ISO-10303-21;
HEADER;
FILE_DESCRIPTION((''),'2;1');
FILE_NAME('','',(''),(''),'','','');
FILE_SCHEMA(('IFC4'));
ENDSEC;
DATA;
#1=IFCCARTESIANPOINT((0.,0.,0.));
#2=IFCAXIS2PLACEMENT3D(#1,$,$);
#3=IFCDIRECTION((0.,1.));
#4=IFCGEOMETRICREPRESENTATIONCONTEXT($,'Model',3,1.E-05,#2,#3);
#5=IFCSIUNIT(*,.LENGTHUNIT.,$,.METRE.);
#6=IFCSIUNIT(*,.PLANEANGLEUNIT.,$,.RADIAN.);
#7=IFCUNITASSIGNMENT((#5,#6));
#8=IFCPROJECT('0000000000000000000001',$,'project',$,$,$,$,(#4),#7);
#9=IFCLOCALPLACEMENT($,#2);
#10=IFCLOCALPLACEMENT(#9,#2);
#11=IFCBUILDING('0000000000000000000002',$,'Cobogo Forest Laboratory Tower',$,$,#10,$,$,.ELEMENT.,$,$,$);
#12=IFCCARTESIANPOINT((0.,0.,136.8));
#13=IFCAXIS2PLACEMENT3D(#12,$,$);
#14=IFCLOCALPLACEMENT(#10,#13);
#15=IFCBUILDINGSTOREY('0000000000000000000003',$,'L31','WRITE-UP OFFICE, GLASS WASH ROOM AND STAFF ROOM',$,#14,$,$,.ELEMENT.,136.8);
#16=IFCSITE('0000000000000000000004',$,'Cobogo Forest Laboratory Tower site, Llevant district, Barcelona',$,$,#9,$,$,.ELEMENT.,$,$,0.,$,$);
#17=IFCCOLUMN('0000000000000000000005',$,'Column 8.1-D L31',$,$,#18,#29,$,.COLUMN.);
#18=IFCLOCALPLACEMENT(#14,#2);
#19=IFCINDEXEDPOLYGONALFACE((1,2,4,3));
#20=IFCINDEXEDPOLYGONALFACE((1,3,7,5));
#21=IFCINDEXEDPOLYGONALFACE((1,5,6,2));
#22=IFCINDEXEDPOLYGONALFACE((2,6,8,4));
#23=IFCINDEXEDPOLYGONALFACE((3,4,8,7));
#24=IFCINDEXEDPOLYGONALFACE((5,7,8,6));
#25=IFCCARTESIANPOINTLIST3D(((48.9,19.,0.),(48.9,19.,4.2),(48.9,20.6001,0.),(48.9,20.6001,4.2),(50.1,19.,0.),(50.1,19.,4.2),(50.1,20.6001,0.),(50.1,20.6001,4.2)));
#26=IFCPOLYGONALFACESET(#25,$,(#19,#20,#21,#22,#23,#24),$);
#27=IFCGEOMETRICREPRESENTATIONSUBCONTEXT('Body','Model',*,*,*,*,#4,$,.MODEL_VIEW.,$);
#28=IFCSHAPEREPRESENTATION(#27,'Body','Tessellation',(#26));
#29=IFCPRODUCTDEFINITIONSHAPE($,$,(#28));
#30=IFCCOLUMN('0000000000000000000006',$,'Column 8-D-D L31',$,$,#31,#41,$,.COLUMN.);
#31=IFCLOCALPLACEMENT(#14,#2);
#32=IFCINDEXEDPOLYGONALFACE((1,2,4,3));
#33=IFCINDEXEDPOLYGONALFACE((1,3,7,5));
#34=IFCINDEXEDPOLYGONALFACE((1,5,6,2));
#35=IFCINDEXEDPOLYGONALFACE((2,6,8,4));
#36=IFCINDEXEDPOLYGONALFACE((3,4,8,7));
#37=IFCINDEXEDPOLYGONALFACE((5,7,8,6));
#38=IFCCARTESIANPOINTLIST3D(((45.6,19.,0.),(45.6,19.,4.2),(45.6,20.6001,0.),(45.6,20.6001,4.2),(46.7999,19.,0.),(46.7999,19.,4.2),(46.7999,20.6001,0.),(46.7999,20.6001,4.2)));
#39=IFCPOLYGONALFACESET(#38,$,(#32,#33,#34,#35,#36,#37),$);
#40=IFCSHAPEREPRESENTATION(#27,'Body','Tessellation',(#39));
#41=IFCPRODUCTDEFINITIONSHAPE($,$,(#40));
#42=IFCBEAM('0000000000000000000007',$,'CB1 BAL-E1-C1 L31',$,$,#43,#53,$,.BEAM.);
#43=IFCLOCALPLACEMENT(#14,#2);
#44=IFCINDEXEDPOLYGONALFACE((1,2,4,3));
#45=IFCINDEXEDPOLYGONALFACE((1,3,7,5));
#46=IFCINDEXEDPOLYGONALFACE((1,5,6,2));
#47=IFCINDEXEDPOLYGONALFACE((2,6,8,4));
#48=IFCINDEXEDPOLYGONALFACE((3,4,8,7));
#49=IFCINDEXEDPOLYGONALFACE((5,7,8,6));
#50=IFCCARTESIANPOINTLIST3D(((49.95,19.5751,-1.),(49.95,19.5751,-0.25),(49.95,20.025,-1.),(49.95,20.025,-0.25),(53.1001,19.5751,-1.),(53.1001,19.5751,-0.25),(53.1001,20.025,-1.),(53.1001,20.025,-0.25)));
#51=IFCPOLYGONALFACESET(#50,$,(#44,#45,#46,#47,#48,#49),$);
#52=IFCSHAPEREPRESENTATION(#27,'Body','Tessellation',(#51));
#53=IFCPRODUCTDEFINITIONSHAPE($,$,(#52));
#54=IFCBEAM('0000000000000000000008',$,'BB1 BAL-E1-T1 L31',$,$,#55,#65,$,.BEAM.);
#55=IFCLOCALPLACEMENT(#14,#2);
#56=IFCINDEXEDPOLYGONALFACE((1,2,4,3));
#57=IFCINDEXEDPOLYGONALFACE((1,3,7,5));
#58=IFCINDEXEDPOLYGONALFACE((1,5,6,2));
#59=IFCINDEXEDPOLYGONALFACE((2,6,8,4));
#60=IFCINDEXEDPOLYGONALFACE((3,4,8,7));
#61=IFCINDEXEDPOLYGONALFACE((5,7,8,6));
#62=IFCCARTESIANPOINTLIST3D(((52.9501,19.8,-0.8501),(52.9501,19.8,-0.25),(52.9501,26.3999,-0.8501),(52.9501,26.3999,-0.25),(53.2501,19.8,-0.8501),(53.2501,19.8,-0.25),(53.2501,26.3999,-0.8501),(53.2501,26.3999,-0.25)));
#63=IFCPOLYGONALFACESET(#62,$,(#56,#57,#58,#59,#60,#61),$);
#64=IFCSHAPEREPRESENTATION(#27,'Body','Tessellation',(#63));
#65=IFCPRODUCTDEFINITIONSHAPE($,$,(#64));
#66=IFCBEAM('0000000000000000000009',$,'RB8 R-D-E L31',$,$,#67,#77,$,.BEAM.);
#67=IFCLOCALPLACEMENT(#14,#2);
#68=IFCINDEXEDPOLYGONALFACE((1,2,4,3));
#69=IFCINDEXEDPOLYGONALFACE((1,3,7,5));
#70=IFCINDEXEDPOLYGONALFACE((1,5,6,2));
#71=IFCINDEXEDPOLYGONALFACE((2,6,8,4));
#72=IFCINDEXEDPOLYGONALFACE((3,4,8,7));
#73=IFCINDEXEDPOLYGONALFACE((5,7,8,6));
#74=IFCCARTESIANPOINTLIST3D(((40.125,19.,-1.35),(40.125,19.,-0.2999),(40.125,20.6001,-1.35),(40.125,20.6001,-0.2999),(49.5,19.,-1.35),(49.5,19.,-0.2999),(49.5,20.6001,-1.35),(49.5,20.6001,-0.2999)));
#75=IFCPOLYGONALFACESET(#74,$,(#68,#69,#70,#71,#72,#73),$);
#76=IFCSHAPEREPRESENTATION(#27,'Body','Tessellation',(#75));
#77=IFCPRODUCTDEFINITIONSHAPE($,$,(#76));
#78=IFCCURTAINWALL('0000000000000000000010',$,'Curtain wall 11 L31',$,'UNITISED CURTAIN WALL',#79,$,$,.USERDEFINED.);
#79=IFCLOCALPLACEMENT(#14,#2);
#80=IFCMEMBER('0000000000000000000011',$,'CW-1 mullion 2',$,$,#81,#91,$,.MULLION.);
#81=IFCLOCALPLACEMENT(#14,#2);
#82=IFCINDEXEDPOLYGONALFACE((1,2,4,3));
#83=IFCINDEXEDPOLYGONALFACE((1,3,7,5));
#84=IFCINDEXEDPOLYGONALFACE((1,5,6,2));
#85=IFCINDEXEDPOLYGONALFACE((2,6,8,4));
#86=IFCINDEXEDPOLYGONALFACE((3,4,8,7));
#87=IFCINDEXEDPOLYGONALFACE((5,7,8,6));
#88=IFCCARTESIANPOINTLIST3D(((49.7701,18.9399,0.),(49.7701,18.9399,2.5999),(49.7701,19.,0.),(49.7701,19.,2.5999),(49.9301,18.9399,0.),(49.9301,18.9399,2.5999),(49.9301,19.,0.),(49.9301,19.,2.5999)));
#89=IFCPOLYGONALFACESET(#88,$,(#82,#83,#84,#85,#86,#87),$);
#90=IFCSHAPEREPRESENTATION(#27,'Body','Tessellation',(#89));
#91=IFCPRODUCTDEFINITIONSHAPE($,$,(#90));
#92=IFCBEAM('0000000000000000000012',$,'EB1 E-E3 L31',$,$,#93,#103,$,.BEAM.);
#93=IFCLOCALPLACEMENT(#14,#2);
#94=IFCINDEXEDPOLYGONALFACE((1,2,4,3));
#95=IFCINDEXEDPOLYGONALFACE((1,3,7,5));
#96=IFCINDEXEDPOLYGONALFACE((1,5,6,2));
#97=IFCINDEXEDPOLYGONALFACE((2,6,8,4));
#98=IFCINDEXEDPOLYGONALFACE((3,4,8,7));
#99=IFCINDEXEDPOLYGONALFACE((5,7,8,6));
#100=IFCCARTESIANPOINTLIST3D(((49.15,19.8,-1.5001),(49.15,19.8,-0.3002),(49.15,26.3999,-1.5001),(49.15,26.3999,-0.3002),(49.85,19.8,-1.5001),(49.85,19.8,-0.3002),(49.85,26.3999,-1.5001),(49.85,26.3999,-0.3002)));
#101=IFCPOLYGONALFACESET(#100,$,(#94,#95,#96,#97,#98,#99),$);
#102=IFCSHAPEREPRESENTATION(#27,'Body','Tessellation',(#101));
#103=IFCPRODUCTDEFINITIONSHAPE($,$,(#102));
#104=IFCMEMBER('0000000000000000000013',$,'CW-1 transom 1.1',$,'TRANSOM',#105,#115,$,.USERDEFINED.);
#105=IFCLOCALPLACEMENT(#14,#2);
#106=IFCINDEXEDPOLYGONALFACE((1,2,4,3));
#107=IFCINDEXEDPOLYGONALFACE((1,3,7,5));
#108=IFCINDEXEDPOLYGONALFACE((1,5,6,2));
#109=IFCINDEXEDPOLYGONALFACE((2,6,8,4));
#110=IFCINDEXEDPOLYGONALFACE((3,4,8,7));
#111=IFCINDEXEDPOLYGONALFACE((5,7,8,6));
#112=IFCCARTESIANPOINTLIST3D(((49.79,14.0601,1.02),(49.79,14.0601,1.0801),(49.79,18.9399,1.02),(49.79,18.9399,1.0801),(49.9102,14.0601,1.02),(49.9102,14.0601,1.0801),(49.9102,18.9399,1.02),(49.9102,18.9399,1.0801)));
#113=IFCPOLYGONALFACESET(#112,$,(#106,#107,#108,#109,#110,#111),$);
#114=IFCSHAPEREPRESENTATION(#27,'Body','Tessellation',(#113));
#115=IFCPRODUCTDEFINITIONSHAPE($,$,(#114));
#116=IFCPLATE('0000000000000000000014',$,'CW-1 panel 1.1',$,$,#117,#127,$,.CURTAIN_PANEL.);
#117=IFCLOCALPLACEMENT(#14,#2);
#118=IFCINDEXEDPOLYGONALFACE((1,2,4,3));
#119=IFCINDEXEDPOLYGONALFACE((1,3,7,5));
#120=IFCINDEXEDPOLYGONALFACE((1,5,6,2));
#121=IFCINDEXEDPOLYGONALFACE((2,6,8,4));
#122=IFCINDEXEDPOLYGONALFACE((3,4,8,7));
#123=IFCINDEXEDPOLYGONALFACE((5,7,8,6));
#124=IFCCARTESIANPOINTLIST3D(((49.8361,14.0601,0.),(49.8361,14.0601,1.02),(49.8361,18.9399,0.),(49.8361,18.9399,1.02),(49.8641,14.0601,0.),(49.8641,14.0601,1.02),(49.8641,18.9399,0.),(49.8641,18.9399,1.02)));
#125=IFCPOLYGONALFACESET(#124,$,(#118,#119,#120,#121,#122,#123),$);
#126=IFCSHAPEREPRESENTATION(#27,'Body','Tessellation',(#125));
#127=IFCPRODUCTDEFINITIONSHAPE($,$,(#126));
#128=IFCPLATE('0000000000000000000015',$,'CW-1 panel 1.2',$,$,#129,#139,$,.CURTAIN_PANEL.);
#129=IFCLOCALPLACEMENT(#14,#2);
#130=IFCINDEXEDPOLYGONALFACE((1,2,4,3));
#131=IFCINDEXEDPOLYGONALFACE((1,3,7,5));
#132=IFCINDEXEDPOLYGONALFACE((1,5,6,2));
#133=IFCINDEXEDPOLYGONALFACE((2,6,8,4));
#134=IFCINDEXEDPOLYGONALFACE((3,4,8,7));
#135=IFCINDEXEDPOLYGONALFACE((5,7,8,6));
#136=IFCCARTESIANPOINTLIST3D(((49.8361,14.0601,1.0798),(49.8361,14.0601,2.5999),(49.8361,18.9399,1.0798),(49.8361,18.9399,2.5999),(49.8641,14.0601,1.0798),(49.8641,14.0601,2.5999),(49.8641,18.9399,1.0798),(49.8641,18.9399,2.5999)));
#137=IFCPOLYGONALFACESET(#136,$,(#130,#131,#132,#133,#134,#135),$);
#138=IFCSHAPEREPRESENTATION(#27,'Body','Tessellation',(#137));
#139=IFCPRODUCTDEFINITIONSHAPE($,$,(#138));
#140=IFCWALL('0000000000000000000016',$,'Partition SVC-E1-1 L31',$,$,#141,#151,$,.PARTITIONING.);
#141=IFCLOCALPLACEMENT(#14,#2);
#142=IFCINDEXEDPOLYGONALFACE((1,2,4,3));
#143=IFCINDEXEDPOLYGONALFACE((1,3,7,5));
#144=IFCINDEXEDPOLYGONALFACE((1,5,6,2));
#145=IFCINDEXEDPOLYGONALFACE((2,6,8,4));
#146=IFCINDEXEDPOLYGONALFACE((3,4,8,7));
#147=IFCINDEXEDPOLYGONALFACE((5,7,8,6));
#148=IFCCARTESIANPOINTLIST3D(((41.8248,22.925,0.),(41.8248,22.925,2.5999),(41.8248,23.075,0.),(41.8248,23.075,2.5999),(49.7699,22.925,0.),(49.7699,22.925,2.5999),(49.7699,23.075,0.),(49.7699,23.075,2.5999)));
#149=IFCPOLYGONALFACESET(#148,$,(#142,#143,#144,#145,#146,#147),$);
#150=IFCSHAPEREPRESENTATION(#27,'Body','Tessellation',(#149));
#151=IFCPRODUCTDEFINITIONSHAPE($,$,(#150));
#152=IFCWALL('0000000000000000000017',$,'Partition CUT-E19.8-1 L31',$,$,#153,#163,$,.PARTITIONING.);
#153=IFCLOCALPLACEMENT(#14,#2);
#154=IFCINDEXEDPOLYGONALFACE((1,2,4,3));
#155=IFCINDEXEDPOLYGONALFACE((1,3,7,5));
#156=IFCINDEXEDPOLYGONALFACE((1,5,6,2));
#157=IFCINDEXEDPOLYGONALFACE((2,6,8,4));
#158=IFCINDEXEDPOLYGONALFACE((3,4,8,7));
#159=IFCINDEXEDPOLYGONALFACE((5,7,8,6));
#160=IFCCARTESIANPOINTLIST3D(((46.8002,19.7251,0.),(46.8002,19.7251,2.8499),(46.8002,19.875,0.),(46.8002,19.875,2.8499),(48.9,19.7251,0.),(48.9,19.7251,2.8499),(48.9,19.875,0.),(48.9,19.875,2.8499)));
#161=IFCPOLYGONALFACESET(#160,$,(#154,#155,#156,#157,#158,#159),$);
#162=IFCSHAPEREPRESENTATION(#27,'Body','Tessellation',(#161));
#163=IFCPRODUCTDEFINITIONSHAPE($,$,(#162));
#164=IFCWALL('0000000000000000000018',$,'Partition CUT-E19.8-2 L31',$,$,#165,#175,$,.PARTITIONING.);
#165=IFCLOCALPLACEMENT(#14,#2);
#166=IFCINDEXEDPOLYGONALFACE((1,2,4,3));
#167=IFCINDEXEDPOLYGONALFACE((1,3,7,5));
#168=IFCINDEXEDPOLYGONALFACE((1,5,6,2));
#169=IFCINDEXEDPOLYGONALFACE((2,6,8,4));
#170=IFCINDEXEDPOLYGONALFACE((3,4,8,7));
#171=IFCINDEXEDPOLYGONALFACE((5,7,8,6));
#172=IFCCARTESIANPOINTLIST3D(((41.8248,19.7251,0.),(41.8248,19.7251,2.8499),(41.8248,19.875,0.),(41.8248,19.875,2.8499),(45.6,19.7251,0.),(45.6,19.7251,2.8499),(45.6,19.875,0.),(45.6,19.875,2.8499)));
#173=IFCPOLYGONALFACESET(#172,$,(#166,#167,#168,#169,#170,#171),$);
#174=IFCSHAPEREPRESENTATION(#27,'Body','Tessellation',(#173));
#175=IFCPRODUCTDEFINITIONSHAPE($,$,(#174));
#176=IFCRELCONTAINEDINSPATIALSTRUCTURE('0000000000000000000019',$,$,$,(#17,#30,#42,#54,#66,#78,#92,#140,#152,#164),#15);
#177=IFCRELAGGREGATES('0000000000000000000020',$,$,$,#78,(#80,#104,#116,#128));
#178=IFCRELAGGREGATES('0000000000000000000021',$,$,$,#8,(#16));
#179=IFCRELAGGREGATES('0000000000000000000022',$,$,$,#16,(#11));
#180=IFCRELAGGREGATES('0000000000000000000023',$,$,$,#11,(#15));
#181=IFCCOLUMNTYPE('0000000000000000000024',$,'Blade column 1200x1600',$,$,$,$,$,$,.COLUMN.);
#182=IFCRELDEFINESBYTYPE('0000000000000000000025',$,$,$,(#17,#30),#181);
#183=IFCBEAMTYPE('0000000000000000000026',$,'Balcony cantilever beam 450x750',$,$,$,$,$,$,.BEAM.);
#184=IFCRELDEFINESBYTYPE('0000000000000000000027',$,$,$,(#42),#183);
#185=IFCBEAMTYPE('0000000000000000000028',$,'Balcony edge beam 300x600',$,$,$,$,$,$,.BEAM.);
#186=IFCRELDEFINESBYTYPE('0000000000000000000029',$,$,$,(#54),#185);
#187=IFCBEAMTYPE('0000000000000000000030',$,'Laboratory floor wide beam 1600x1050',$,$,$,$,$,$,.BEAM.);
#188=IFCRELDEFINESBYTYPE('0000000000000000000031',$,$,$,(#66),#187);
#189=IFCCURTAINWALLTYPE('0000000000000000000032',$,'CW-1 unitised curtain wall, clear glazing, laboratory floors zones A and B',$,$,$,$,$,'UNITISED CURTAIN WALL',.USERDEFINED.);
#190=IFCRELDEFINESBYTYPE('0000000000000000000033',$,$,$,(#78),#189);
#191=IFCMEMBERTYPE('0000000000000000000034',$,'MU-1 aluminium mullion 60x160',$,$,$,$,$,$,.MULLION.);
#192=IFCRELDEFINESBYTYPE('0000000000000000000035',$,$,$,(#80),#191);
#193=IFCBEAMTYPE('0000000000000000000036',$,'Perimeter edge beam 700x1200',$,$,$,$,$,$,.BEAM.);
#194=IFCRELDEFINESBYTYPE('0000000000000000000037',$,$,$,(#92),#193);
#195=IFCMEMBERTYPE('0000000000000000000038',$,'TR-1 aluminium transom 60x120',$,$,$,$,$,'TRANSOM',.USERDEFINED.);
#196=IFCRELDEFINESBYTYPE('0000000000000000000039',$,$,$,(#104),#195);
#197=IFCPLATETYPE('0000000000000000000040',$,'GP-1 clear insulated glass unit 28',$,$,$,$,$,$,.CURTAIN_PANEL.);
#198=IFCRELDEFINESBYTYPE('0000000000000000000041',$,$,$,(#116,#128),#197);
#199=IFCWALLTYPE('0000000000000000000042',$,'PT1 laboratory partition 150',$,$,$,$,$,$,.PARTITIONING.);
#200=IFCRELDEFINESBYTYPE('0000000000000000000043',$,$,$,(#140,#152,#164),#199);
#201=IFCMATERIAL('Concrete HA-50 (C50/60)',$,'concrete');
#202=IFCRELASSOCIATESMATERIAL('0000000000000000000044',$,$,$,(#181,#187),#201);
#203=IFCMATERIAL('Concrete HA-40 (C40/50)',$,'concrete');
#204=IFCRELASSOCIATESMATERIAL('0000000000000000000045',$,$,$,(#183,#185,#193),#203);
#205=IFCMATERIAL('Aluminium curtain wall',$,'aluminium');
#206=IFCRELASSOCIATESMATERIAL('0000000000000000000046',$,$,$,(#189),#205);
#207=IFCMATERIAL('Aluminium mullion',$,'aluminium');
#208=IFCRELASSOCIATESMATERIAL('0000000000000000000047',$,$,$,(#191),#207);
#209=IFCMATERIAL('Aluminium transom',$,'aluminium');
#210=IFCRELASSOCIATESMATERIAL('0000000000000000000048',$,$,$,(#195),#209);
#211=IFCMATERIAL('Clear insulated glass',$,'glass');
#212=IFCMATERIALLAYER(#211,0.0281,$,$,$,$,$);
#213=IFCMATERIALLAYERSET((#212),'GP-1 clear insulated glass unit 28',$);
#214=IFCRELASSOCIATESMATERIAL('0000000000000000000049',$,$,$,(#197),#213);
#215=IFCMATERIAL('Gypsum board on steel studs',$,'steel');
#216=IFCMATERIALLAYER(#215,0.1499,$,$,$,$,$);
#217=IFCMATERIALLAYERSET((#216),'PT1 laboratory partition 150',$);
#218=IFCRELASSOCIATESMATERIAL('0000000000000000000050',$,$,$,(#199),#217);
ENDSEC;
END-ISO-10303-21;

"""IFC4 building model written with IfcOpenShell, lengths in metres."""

from ifc_helpers import new_model, si_unit, direction, frame, frame_2d, origin, origin_2d, place, context, subcontext, project, spatial, rectangle, extrude, material, layer, layer_set, material_profile, profile_set, type_object, element, aggregate, save


model = new_model("IFC4")

# Units and contexts
model_context = context("Model", 3, precision=1e-05, world=origin(), true_north=direction((0.0, 1.0)))
body_context = subcontext(model_context, "Body", "Model", "MODEL_VIEW")
ifc_project = project(units=[si_unit("LENGTHUNIT", "METRE"), si_unit("PLANEANGLEUNIT", "RADIAN")], contexts=[model_context])

# Site, building, storey
site_placement = place(None, origin())
site = spatial("IfcSite", under=ifc_project, at=site_placement, Name="Cobogo Forest Laboratory Tower site, Llevant district, Barcelona", CompositionType="ELEMENT", RefElevation=0.0)
building_placement = place(site_placement, origin())
building = spatial("IfcBuilding", under=site, at=building_placement, Name="Cobogo Forest Laboratory Tower", CompositionType="ELEMENT")
storey_placement = place(building_placement, frame((0.0, 0.0, 136.8)))
storey = spatial("IfcBuildingStorey", under=building, at=storey_placement, Name="L31", Description="WRITE-UP OFFICE, GLASS WASH ROOM AND STAFF ROOM", CompositionType="ELEMENT", Elevation=136.8)

# Columns
ifc_material_1 = material(Name="Concrete HA-50 (C50/60)", Category="concrete")
ifc_material_profile_1 = material_profile(ifc_material_1, rectangle(XDim=1.6001, YDim=1.2, at=origin_2d()), Name="RC 1200x1600")
ifc_profile_set_1 = profile_set([ifc_material_profile_1], Name="Concrete HA-50 (C50/60)")
column_type = type_object("IfcColumnType", Name="Blade column 1200x1600", PredefinedType="COLUMN", material=ifc_profile_set_1)
for number, where, z_axis, x_axis, name in (
    (1, (49.5, 19.8, 0.0), (0.0, 0.0, 1.0), (0.0, 1.0, 0.0), "Column 8.1-D L31"),
    (2, (46.2, 19.8, 0.0), (0.0, 0.0, 1.0), (0.0, 1.0, 0.0), "Column 8-D-D L31"),
):
    element("IfcColumn", number, at=place(storey_placement, frame(where, z_axis=z_axis, x_axis=x_axis)), inside=storey, type_object=column_type, Name=name, PredefinedType="COLUMN", context=body_context, shape_type="SweptSolid", body=[
        extrude(rectangle(XDim=1.6001, YDim=1.2, at=origin_2d()), origin(), (0.0, 0.0, 1.0), 4.2),
    ])

# Beams
ifc_material_2 = material(Name="Concrete HA-40 (C40/50)", Category="concrete")
ifc_material_profile_2 = material_profile(ifc_material_2, rectangle(XDim=0.45, YDim=0.75, at=origin_2d()), Name="RC 450x750")
ifc_profile_set_2 = profile_set([ifc_material_profile_2], Name="Concrete HA-40 (C40/50)")
beam_type_1 = type_object("IfcBeamType", Name="Balcony cantilever beam 450x750", PredefinedType="BEAM", material=ifc_profile_set_2)
beam_1_placement = place(storey_placement, frame((49.95, 19.8, -0.625), z_axis=(1.0, 0.0, 0.0), x_axis=(0.0, 1.0, 0.0)))
element("IfcBeam", 3, at=beam_1_placement, inside=storey, type_object=beam_type_1, Name="CB1 BAL-E1-C1 L31", PredefinedType="BEAM", context=body_context, shape_type="SweptSolid", body=[
    extrude(rectangle(XDim=0.45, YDim=0.75, at=origin_2d()), origin(), (0.0, 0.0, 1.0), 3.1501),
])
ifc_material_profile_3 = material_profile(ifc_material_2, rectangle(XDim=0.3, YDim=0.6001, at=origin_2d()), Name="RC 300x600")
ifc_profile_set_3 = profile_set([ifc_material_profile_3], Name="Concrete HA-40 (C40/50)")
beam_type_2 = type_object("IfcBeamType", Name="Balcony edge beam 300x600", PredefinedType="BEAM", material=ifc_profile_set_3)
beam_2_placement = place(storey_placement, frame((53.1001, 19.8, -0.55), z_axis=(0.0, 1.0, 0.0), x_axis=(-1.0, 0.0, 0.0)))
element("IfcBeam", 4, at=beam_2_placement, inside=storey, type_object=beam_type_2, Name="BB1 BAL-E1-T1 L31", PredefinedType="BEAM", context=body_context, shape_type="SweptSolid", body=[
    extrude(rectangle(XDim=0.3, YDim=0.6001, at=origin_2d()), origin(), (0.0, 0.0, 1.0), 6.5999),
])
ifc_material_profile_4 = material_profile(ifc_material_1, rectangle(XDim=1.6001, YDim=1.05, at=origin_2d()), Name="RC 1600x1050")
ifc_profile_set_4 = profile_set([ifc_material_profile_4], Name="Concrete HA-50 (C50/60)")
beam_type_3 = type_object("IfcBeamType", Name="Laboratory floor wide beam 1600x1050", PredefinedType="BEAM", material=ifc_profile_set_4)
beam_3_placement = place(storey_placement, frame((40.125, 19.8, -0.825), z_axis=(1.0, 0.0, 0.0), x_axis=(0.0, 1.0, 0.0)))
element("IfcBeam", 5, at=beam_3_placement, inside=storey, type_object=beam_type_3, Name="RB8 R-D-E L31", PredefinedType="BEAM", context=body_context, shape_type="SweptSolid", body=[
    extrude(rectangle(XDim=1.6001, YDim=1.05, at=origin_2d()), origin(), (0.0, 0.0, 1.0), 9.375),
])

# Curtain wall, member
ifc_material_3 = material(Name="Aluminium curtain wall", Category="aluminium")
curtain_wall_type = type_object("IfcCurtainWallType", Name="CW-1 unitised curtain wall, clear glazing, laboratory floors zones A and B", ElementType="UNITISED CURTAIN WALL", PredefinedType="USERDEFINED", material=ifc_material_3)
curtain_wall_placement = place(storey_placement, origin())
curtain_wall = element("IfcCurtainWall", 6, at=curtain_wall_placement, inside=storey, type_object=curtain_wall_type, Name="Curtain wall 11 L31", ObjectType="UNITISED CURTAIN WALL", PredefinedType="USERDEFINED")
ifc_material_4 = material(Name="Aluminium mullion", Category="aluminium")
ifc_material_profile_5 = material_profile(ifc_material_4, rectangle(XDim=0.0601, YDim=0.1599, at=origin_2d()), Name="AL 60x160")
ifc_profile_set_5 = profile_set([ifc_material_profile_5], Name="Aluminium mullion")
member_type_1 = type_object("IfcMemberType", Name="MU-1 aluminium mullion 60x160", PredefinedType="MULLION", material=ifc_profile_set_5)
member_1_placement = place(storey_placement, frame((49.8501, 18.97, 0.0), z_axis=(0.0, 0.0, 1.0), x_axis=(0.0, 1.0, 0.0)))
member_1 = element("IfcMember", 7, at=member_1_placement, type_object=member_type_1, Name="CW-1 mullion 2", PredefinedType="MULLION", context=body_context, shape_type="SweptSolid", body=[
    extrude(rectangle(XDim=0.0601, YDim=0.1599, at=origin_2d()), origin(), (0.0, 0.0, 1.0), 2.5999),
])

# Beam
ifc_material_profile_6 = material_profile(ifc_material_2, rectangle(XDim=0.7, YDim=1.2, at=origin_2d()), Name="RC 700x1200")
ifc_profile_set_6 = profile_set([ifc_material_profile_6], Name="Concrete HA-40 (C40/50)")
beam_type_4 = type_object("IfcBeamType", Name="Perimeter edge beam 700x1200", PredefinedType="BEAM", material=ifc_profile_set_6)
beam_4_placement = place(storey_placement, frame((49.5, 19.8, -0.9001), z_axis=(0.0, 1.0, 0.0), x_axis=(-1.0, 0.0, 0.0)))
element("IfcBeam", 8, at=beam_4_placement, inside=storey, type_object=beam_type_4, Name="EB1 E-E3 L31", PredefinedType="BEAM", context=body_context, shape_type="SweptSolid", body=[
    extrude(rectangle(XDim=0.7, YDim=1.2, at=origin_2d()), origin(), (0.0, 0.0, 1.0), 6.5999),
])

# Member
ifc_material_5 = material(Name="Aluminium transom", Category="aluminium")
ifc_material_profile_7 = material_profile(ifc_material_5, rectangle(XDim=0.1201, YDim=0.0601, at=origin_2d()), Name="AL 60x120")
ifc_profile_set_7 = profile_set([ifc_material_profile_7], Name="Aluminium transom")
member_type_2 = type_object("IfcMemberType", Name="TR-1 aluminium transom 60x120", ElementType="TRANSOM", PredefinedType="USERDEFINED", material=ifc_profile_set_7)
member_2_placement = place(storey_placement, frame((49.8501, 14.0601, 1.05), z_axis=(0.0, 1.0, 0.0), x_axis=(-1.0, 0.0, 0.0)))
member_2 = element("IfcMember", 9, at=member_2_placement, type_object=member_type_2, Name="CW-1 transom 1.1", ObjectType="TRANSOM", PredefinedType="USERDEFINED", context=body_context, shape_type="SweptSolid", body=[
    extrude(rectangle(XDim=0.1201, YDim=0.0601, at=origin_2d()), origin(), (0.0, 0.0, 1.0), 4.8799),
])

# Plates
ifc_material_6 = material(Name="Clear insulated glass", Category="glass")
ifc_layer_1 = layer(ifc_material_6, 0.0281)
ifc_layer_set_1 = layer_set([ifc_layer_1], Name="GP-1 clear insulated glass unit 28")
plate_type = type_object("IfcPlateType", Name="GP-1 clear insulated glass unit 28", PredefinedType="CURTAIN_PANEL", material=ifc_layer_set_1)
plate_1_placement = place(storey_placement, frame((49.8501, 16.5, 0.0), z_axis=(0.0, 0.0, 1.0), x_axis=(0.0, 1.0, 0.0)))
plate_1 = element("IfcPlate", 10, at=plate_1_placement, type_object=plate_type, Name="CW-1 panel 1.1", PredefinedType="CURTAIN_PANEL", context=body_context, shape_type="SweptSolid", body=[
    extrude(rectangle(XDim=4.8799, YDim=0.0281, at=origin_2d()), origin(), (0.0, 0.0, 1.0), 1.02),
])
plate_2_placement = place(storey_placement, frame((49.8501, 16.5, 1.0798), z_axis=(0.0, 0.0, 1.0), x_axis=(0.0, 1.0, 0.0)))
plate_2 = element("IfcPlate", 11, at=plate_2_placement, type_object=plate_type, Name="CW-1 panel 1.2", PredefinedType="CURTAIN_PANEL", context=body_context, shape_type="SweptSolid", body=[
    extrude(rectangle(XDim=4.8799, YDim=0.0281, at=origin_2d()), origin(), (0.0, 0.0, 1.0), 1.52),
])
aggregate(curtain_wall, [member_1, member_2, plate_1, plate_2])

# Walls
ifc_material_7 = material(Name="Gypsum board on steel studs", Category="steel")
ifc_layer_2 = layer(ifc_material_7, 0.1499)
ifc_layer_set_2 = layer_set([ifc_layer_2], Name="PT1 laboratory partition 150")
wall_type_1 = type_object("IfcWallType", Name="PT1 laboratory partition 150", PredefinedType="PARTITIONING", material=ifc_layer_set_2)
wall_1_placement = place(storey_placement, frame((49.77, 23.0, 0.0), z_axis=(0.0, 0.0, 1.0), x_axis=(-1.0, 0.0, 0.0)))
element("IfcWall", 12, at=wall_1_placement, inside=storey, type_object=wall_type_1, Name="Partition SVC-E1-1 L31", PredefinedType="PARTITIONING", context=body_context, shape_type="SweptSolid", body=[
    extrude(rectangle(XDim=7.9451, YDim=0.1499, at=frame_2d((3.9727, 0.0))), origin(), (0.0, 0.0, 1.0), 2.5999),
])
wall_2_placement = place(storey_placement, frame((48.8999, 19.8, 0.0), z_axis=(0.0, 0.0, 1.0), x_axis=(-1.0, 0.0, 0.0)))
element("IfcWall", 13, at=wall_2_placement, inside=storey, type_object=wall_type_1, Name="Partition CUT-E19.8-1 L31", PredefinedType="PARTITIONING", context=body_context, shape_type="SweptSolid", body=[
    extrude(rectangle(XDim=2.0999, YDim=0.1499, at=frame_2d((1.0498, 0.0))), origin(), (0.0, 0.0, 1.0), 2.8499),
])
wall_3_placement = place(storey_placement, frame((45.6001, 19.8, 0.0), z_axis=(0.0, 0.0, 1.0), x_axis=(-1.0, 0.0, 0.0)))
element("IfcWall", 14, at=wall_3_placement, inside=storey, type_object=wall_type_1, Name="Partition CUT-E19.8-2 L31", PredefinedType="PARTITIONING", context=body_context, shape_type="SweptSolid", body=[
    extrude(rectangle(XDim=3.7751, YDim=0.1499, at=frame_2d((1.8877, 0.0))), origin(), (0.0, 0.0, 1.0), 2.8499),
])

save(model, "model.ifc")
